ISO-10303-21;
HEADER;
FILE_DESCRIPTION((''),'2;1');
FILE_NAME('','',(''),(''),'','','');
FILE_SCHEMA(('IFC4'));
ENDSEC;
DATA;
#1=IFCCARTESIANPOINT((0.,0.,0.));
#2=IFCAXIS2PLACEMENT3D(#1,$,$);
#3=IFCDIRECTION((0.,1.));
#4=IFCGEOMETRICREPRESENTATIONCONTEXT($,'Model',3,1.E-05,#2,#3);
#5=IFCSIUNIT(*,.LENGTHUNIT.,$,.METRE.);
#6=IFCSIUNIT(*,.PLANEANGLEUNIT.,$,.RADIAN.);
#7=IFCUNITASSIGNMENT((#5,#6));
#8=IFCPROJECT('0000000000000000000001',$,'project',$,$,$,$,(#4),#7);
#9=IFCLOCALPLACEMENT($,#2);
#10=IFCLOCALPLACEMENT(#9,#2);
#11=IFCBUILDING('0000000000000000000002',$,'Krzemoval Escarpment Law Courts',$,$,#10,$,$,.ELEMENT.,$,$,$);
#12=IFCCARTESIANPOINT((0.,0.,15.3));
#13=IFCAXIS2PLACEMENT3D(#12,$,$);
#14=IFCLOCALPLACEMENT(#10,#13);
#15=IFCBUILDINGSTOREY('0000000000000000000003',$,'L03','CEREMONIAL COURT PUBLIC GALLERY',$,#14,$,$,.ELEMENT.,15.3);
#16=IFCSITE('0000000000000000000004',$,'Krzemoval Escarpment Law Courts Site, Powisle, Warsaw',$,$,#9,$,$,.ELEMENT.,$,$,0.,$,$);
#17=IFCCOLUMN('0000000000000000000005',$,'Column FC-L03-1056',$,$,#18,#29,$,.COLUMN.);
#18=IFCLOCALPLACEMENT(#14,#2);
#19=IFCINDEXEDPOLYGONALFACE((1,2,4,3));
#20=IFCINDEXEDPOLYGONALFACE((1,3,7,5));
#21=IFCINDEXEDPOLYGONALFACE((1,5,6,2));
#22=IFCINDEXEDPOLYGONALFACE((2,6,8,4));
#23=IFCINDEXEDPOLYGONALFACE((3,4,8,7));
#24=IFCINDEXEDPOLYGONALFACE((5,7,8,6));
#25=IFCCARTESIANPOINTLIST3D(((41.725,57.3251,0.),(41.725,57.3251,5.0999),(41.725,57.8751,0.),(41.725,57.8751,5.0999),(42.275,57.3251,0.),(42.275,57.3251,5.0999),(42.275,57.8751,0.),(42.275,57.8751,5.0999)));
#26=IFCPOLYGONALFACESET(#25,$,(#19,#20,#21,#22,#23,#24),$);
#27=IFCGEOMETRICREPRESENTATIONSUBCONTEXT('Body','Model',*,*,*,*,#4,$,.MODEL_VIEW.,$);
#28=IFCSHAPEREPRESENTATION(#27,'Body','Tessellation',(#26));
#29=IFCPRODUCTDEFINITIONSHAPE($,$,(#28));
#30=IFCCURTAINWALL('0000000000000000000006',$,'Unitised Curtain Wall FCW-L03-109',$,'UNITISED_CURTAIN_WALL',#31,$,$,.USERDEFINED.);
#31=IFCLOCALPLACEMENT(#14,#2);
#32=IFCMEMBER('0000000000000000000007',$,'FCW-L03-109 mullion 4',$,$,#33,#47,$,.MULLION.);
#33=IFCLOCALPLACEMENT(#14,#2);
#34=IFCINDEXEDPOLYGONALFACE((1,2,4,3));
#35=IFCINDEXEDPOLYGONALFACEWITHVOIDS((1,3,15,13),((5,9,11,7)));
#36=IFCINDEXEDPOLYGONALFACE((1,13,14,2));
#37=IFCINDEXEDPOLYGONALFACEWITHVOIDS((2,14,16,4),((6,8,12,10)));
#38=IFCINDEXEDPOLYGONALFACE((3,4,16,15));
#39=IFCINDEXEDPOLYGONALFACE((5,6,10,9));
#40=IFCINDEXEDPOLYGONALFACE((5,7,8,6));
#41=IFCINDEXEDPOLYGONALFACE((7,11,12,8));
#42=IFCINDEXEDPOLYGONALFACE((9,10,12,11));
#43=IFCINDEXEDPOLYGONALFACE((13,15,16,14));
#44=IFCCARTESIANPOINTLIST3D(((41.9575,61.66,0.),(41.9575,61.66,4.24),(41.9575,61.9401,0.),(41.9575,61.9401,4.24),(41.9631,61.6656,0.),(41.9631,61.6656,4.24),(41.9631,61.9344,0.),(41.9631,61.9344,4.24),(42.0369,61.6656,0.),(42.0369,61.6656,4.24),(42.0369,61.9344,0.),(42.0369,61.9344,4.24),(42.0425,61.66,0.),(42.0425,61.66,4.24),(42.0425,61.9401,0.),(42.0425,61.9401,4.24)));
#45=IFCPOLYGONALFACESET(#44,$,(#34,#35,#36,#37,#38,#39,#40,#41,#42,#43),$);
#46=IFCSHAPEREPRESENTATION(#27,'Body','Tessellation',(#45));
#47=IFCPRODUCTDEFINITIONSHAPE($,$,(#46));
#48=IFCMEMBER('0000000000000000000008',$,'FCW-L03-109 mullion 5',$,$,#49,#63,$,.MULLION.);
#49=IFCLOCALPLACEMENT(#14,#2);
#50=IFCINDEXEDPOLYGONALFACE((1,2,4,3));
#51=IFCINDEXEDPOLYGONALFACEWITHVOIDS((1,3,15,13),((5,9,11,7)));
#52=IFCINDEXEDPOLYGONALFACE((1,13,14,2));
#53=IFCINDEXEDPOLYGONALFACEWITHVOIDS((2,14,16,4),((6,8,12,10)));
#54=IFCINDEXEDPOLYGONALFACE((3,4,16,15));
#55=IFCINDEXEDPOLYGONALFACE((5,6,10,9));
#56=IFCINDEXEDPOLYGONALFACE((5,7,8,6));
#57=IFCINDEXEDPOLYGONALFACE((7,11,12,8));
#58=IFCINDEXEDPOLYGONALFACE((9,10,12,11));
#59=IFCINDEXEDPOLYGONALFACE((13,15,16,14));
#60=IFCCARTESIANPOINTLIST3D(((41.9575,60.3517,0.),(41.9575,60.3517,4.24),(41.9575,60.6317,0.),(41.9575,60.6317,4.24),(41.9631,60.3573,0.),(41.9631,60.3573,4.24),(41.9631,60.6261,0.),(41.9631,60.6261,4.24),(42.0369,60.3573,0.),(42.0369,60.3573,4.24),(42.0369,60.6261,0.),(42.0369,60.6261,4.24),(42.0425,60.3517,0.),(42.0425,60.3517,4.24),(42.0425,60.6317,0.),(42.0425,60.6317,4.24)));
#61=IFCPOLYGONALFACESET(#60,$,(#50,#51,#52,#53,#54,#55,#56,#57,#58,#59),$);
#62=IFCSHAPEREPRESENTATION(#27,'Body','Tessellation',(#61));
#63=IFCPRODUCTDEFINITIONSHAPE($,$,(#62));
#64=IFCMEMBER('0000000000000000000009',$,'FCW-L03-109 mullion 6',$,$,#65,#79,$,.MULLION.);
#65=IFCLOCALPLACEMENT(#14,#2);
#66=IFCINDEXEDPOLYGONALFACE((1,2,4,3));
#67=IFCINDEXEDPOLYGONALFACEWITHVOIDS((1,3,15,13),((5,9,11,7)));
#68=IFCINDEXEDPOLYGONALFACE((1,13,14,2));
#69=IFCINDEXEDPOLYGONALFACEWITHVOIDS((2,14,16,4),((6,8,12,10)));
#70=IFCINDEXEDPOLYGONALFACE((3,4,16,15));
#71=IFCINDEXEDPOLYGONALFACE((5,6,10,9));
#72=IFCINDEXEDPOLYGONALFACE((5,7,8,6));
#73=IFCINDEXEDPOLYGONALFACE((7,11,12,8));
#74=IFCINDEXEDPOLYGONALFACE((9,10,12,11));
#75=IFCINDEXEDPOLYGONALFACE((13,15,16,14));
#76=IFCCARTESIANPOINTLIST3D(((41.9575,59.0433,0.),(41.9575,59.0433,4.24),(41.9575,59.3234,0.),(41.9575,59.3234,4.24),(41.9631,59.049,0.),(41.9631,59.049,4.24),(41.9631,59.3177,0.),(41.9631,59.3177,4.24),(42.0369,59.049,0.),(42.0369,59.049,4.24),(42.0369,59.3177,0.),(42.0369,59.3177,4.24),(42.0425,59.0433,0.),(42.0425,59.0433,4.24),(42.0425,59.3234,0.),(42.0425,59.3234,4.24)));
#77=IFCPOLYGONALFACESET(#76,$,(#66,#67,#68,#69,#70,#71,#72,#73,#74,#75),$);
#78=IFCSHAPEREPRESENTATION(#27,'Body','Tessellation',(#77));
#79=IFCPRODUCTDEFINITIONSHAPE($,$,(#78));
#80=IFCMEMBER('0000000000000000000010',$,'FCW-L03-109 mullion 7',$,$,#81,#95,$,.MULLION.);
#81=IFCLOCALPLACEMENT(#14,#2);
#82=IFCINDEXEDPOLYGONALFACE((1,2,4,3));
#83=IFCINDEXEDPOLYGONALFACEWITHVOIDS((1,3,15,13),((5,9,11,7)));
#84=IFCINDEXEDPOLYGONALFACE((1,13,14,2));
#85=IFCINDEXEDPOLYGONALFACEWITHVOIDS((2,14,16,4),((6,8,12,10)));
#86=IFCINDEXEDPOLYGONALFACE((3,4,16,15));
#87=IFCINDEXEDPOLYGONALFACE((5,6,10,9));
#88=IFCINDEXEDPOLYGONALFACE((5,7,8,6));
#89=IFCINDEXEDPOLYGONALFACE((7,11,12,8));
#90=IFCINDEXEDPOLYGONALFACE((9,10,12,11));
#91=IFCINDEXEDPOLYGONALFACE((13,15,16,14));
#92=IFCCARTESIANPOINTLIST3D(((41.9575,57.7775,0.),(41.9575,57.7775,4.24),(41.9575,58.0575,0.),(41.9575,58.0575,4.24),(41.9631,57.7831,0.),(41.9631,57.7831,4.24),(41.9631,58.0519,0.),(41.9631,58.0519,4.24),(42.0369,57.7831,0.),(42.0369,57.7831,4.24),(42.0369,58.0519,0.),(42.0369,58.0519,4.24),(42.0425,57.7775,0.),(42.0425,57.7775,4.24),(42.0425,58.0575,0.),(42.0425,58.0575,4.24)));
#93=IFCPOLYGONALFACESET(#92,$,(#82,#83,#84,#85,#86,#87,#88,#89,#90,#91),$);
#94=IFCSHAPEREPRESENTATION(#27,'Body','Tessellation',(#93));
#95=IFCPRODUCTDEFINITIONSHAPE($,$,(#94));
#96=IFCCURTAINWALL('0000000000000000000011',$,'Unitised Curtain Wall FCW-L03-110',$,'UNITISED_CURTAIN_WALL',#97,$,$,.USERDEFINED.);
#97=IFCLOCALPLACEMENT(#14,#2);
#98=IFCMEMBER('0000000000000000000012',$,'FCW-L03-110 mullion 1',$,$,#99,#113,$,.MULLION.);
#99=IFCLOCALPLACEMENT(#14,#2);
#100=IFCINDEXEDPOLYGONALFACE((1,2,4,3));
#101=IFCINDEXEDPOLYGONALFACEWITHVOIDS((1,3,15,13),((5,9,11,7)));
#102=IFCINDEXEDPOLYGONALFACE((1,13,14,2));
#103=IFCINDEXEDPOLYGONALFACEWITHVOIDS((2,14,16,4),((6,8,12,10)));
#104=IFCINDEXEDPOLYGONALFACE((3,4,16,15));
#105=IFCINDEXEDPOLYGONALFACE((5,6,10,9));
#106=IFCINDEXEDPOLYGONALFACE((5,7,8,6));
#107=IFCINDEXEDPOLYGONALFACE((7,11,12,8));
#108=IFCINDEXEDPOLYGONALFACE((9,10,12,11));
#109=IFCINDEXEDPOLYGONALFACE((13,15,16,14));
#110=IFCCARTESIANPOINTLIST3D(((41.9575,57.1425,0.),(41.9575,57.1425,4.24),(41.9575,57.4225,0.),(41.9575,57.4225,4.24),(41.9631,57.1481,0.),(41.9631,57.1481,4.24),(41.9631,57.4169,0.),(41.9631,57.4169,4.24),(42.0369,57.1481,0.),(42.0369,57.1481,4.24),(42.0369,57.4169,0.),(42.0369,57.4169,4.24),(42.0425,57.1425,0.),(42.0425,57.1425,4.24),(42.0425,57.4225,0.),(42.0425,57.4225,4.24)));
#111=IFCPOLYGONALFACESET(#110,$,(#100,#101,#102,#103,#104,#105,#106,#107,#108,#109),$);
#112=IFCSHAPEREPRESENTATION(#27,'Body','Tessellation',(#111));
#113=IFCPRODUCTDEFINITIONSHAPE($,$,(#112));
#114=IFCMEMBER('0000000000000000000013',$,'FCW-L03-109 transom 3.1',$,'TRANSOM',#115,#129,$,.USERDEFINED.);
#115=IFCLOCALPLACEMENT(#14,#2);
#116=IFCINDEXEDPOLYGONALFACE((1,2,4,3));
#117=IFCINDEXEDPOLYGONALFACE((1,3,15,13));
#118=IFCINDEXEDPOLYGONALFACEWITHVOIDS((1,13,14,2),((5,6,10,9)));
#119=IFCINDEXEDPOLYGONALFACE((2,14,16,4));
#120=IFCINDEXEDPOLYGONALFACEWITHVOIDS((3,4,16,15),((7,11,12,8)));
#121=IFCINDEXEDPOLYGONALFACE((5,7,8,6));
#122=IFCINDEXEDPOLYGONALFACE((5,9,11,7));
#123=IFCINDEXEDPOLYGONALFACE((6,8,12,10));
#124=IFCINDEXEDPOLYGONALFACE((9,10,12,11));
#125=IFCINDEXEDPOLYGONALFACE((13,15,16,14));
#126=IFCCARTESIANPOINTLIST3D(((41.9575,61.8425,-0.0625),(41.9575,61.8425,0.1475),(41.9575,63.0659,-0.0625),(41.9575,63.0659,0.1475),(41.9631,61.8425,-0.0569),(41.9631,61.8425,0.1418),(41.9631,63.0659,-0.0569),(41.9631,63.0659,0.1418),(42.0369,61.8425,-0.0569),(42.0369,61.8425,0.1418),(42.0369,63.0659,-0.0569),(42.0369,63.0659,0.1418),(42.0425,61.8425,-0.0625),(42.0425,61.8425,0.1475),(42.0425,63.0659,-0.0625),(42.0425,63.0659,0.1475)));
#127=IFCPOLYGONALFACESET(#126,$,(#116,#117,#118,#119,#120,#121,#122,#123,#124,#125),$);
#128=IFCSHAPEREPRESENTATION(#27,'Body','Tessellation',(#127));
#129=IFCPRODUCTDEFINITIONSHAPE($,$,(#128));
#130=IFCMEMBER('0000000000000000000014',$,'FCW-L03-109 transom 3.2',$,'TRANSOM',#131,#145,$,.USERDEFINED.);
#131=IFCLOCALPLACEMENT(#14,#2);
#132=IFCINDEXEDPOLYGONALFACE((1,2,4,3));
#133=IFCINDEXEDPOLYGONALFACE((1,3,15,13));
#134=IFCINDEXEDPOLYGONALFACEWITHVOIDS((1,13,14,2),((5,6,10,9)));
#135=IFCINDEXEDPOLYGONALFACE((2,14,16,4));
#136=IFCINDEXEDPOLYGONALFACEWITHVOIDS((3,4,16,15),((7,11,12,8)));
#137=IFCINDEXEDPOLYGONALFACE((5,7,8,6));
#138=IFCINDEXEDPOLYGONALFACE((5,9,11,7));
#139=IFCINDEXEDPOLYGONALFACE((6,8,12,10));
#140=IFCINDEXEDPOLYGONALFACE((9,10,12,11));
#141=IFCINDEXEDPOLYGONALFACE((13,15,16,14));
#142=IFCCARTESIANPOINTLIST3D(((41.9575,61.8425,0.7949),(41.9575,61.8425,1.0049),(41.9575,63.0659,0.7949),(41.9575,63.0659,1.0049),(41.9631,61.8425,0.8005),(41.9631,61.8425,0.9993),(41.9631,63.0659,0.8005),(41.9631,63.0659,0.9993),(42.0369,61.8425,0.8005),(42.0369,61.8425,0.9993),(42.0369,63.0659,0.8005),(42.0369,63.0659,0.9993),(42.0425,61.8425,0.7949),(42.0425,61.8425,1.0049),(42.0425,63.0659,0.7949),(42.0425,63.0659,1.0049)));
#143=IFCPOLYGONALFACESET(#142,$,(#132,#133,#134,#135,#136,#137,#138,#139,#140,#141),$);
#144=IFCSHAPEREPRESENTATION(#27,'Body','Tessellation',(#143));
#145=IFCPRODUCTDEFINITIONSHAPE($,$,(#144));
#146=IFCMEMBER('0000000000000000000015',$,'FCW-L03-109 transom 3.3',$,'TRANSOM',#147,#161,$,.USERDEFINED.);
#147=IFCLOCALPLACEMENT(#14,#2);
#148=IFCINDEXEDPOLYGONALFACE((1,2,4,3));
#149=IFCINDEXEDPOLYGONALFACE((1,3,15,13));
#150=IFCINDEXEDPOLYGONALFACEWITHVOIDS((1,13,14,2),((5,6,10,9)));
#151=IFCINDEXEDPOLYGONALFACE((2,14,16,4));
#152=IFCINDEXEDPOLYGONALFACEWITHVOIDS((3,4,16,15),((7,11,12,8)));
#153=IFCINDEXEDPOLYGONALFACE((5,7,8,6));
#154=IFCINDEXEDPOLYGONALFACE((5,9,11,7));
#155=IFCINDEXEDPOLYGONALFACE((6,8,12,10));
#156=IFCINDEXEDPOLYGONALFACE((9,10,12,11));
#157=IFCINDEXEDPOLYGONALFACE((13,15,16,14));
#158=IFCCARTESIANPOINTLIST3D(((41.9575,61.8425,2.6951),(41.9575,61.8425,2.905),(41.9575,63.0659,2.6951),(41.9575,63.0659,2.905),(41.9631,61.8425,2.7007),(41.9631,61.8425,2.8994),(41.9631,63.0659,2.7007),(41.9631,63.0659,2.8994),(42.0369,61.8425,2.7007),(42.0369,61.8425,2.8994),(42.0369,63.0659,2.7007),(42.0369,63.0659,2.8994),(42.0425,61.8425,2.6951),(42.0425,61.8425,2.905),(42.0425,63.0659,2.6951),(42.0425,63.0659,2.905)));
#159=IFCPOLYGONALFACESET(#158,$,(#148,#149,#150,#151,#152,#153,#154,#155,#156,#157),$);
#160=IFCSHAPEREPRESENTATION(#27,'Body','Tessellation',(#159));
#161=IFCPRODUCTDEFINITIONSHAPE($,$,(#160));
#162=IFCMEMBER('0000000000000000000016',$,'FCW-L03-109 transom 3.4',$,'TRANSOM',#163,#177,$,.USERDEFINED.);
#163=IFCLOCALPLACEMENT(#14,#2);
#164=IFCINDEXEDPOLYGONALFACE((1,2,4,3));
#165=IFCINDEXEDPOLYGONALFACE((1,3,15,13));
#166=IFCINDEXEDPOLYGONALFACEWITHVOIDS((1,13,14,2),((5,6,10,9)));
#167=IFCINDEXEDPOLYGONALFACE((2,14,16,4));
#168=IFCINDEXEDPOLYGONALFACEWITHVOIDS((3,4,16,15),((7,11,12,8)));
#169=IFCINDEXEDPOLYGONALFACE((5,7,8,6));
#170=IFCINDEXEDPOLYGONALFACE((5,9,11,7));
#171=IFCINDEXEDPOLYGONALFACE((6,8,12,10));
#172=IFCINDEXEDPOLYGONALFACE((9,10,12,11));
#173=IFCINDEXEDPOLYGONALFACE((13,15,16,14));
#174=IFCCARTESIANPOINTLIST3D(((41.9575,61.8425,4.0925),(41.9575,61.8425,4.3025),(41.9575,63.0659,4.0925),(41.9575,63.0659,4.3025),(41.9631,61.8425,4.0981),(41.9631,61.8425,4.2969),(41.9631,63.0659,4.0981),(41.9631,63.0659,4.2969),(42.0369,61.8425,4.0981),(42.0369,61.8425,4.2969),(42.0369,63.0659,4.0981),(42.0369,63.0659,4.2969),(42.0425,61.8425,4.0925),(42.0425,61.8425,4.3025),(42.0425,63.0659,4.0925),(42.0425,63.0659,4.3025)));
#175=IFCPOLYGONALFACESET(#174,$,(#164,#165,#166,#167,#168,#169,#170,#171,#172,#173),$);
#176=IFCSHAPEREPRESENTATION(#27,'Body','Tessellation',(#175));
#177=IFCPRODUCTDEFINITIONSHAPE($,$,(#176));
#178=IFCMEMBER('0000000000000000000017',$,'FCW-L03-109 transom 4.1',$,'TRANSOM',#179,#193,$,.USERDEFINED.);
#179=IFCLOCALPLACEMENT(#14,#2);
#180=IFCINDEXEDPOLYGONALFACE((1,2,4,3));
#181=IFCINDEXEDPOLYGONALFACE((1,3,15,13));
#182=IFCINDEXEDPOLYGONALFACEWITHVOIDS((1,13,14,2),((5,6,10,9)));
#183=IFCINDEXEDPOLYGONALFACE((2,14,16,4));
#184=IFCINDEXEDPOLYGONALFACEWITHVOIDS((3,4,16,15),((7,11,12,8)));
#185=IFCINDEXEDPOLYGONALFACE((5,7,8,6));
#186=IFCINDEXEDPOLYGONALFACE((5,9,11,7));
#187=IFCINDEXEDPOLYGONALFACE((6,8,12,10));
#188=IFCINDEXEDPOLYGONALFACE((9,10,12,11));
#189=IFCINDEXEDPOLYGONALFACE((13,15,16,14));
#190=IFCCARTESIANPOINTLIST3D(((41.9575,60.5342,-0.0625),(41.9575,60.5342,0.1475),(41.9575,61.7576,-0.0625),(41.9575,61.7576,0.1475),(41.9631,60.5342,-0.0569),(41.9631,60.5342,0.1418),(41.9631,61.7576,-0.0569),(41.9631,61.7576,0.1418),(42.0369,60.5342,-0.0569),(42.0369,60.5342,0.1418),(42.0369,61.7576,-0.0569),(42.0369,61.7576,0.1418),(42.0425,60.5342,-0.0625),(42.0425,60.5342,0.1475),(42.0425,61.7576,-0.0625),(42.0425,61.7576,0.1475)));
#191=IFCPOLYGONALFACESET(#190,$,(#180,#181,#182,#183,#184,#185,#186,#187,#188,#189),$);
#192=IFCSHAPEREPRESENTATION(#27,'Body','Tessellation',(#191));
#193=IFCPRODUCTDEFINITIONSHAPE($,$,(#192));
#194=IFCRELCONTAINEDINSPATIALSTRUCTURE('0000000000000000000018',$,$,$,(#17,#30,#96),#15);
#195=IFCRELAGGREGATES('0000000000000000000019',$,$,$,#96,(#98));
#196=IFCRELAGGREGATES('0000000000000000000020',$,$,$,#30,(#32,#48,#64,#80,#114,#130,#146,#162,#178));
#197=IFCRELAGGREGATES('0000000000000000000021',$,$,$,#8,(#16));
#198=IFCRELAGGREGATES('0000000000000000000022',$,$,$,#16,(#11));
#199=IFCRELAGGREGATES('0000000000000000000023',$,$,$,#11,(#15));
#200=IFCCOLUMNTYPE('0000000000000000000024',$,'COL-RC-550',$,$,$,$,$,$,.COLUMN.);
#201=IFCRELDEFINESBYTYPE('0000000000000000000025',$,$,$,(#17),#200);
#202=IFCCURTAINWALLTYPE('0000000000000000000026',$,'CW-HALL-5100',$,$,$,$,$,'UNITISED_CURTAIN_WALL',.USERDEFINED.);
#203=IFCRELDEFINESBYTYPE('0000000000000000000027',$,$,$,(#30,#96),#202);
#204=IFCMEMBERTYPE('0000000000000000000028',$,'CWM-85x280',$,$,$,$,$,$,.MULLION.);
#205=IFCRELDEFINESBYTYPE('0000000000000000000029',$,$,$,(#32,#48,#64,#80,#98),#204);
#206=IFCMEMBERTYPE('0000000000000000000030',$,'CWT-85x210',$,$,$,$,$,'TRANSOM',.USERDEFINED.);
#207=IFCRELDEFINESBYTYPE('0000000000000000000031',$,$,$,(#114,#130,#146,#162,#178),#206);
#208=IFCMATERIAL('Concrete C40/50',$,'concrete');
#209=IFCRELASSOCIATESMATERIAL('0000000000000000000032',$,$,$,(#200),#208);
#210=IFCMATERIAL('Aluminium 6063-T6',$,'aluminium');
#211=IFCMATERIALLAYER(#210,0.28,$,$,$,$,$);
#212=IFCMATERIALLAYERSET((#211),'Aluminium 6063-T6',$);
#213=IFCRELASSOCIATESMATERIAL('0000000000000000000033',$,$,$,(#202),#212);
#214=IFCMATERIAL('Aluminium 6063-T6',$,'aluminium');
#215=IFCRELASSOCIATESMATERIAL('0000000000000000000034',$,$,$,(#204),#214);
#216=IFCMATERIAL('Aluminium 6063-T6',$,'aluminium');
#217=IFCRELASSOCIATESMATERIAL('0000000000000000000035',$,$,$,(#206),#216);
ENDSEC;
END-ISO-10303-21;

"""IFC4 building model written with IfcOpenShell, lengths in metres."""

from ifc_helpers import new_model, si_unit, direction, frame, origin, origin_2d, place, context, subcontext, project, spatial, rectangle, hollow_rectangle, extrude, material, layer, layer_set, material_profile, profile_set, type_object, element, aggregate, save


model = new_model("IFC4")

# Units and contexts
model_context = context("Model", 3, precision=1e-05, world=origin(), true_north=direction((0.0, 1.0)))
body_context = subcontext(model_context, "Body", "Model", "MODEL_VIEW")
ifc_project = project(units=[si_unit("LENGTHUNIT", "METRE"), si_unit("PLANEANGLEUNIT", "RADIAN")], contexts=[model_context])

# Site, building, storey
site_placement = place(None, origin())
site = spatial("IfcSite", under=ifc_project, at=site_placement, Name="Krzemoval Escarpment Law Courts Site, Powisle, Warsaw", CompositionType="ELEMENT", RefElevation=0.0)
building_placement = place(site_placement, origin())
building = spatial("IfcBuilding", under=site, at=building_placement, Name="Krzemoval Escarpment Law Courts", CompositionType="ELEMENT")
storey_placement = place(building_placement, frame((0.0, 0.0, 15.3)))
storey = spatial("IfcBuildingStorey", under=building, at=storey_placement, Name="L03", Description="CEREMONIAL COURT PUBLIC GALLERY", CompositionType="ELEMENT", Elevation=15.3)

# Column
ifc_material_1 = material(Name="Concrete C40/50", Category="concrete")
ifc_material_profile_1 = material_profile(ifc_material_1, rectangle(XDim=0.55, YDim=0.55, at=origin_2d()), Name="RC 550x550")
ifc_profile_set_1 = profile_set([ifc_material_profile_1], Name="Concrete C40/50")
column_type = type_object("IfcColumnType", Name="COL-RC-550", PredefinedType="COLUMN", material=ifc_profile_set_1)
column_placement = place(storey_placement, frame((42.0, 57.6001, 0.0), z_axis=(0.0, 0.0, 1.0), x_axis=(1.0, 0.0, 0.0)))
element("IfcColumn", 1, at=column_placement, inside=storey, type_object=column_type, Name="Column FC-L03-1056", PredefinedType="COLUMN", context=body_context, shape_type="SweptSolid", body=[
    extrude(rectangle(XDim=0.55, YDim=0.55, at=origin_2d()), origin(), (0.0, 0.0, 1.0), 5.0999),
])

# Curtain wall, members
ifc_material_2 = material(Name="Aluminium 6063-T6", Category="aluminium")
ifc_layer_1 = layer(ifc_material_2, 0.28)
ifc_layer_set_1 = layer_set([ifc_layer_1], Name="Aluminium 6063-T6")
curtain_wall_type = type_object("IfcCurtainWallType", Name="CW-HALL-5100", ElementType="UNITISED_CURTAIN_WALL", PredefinedType="USERDEFINED", material=ifc_layer_set_1)
curtain_wall_1_placement = place(storey_placement, origin())
curtain_wall_1 = element("IfcCurtainWall", 2, at=curtain_wall_1_placement, inside=storey, type_object=curtain_wall_type, Name="Unitised Curtain Wall FCW-L03-109", ObjectType="UNITISED_CURTAIN_WALL", PredefinedType="USERDEFINED")
ifc_material_3 = material(Name="Aluminium 6063-T6", Category="aluminium")
ifc_material_profile_2 = material_profile(ifc_material_3, hollow_rectangle(XDim=0.085, YDim=0.28, WallThickness=0.0056, at=origin_2d()), Name="ALU M85x280")
ifc_profile_set_2 = profile_set([ifc_material_profile_2], Name="Aluminium 6063-T6")
member_type_1 = type_object("IfcMemberType", Name="CWM-85x280", PredefinedType="MULLION", material=ifc_profile_set_2)
member_1_placement = place(storey_placement, frame((42.0, 61.8, 0.0), z_axis=(0.0, 0.0, 1.0), x_axis=(1.0, 0.0, 0.0)))
member_1 = element("IfcMember", 3, at=member_1_placement, type_object=member_type_1, Name="FCW-L03-109 mullion 4", PredefinedType="MULLION", context=body_context, shape_type="SweptSolid", body=[
    extrude(hollow_rectangle(XDim=0.085, YDim=0.28, WallThickness=0.0056, at=origin_2d()), origin(), (0.0, 0.0, 1.0), 4.24),
])
member_2_placement = place(storey_placement, frame((42.0, 60.4917, 0.0), z_axis=(0.0, 0.0, 1.0), x_axis=(1.0, 0.0, 0.0)))
member_2 = element("IfcMember", 4, at=member_2_placement, type_object=member_type_1, Name="FCW-L03-109 mullion 5", PredefinedType="MULLION", context=body_context, shape_type="SweptSolid", body=[
    extrude(hollow_rectangle(XDim=0.085, YDim=0.28, WallThickness=0.0056, at=origin_2d()), origin(), (0.0, 0.0, 1.0), 4.24),
])
member_3_placement = place(storey_placement, frame((42.0, 59.1833, 0.0), z_axis=(0.0, 0.0, 1.0), x_axis=(1.0, 0.0, 0.0)))
member_3 = element("IfcMember", 5, at=member_3_placement, type_object=member_type_1, Name="FCW-L03-109 mullion 6", PredefinedType="MULLION", context=body_context, shape_type="SweptSolid", body=[
    extrude(hollow_rectangle(XDim=0.085, YDim=0.28, WallThickness=0.0056, at=origin_2d()), origin(), (0.0, 0.0, 1.0), 4.24),
])
member_4_placement = place(storey_placement, frame((42.0, 57.9175, 0.0), z_axis=(0.0, 0.0, 1.0), x_axis=(1.0, 0.0, 0.0)))
member_4 = element("IfcMember", 6, at=member_4_placement, type_object=member_type_1, Name="FCW-L03-109 mullion 7", PredefinedType="MULLION", context=body_context, shape_type="SweptSolid", body=[
    extrude(hollow_rectangle(XDim=0.085, YDim=0.28, WallThickness=0.0056, at=origin_2d()), origin(), (0.0, 0.0, 1.0), 4.24),
])

# Curtain wall, member
curtain_wall_2_placement = place(storey_placement, origin())
curtain_wall_2 = element("IfcCurtainWall", 7, at=curtain_wall_2_placement, inside=storey, type_object=curtain_wall_type, Name="Unitised Curtain Wall FCW-L03-110", ObjectType="UNITISED_CURTAIN_WALL", PredefinedType="USERDEFINED")
member_5_placement = place(storey_placement, frame((42.0, 57.2825, 0.0), z_axis=(0.0, 0.0, 1.0), x_axis=(1.0, 0.0, 0.0)))
member_5 = element("IfcMember", 8, at=member_5_placement, type_object=member_type_1, Name="FCW-L03-110 mullion 1", PredefinedType="MULLION", context=body_context, shape_type="SweptSolid", body=[
    extrude(hollow_rectangle(XDim=0.085, YDim=0.28, WallThickness=0.0056, at=origin_2d()), origin(), (0.0, 0.0, 1.0), 4.24),
])

# Members
ifc_material_4 = material(Name="Aluminium 6063-T6", Category="aluminium")
ifc_material_profile_3 = material_profile(ifc_material_4, hollow_rectangle(XDim=0.085, YDim=0.21, WallThickness=0.0056, at=origin_2d()), Name="ALU T85x210")
ifc_profile_set_3 = profile_set([ifc_material_profile_3], Name="Aluminium 6063-T6")
member_type_2 = type_object("IfcMemberType", Name="CWT-85x210", ElementType="TRANSOM", PredefinedType="USERDEFINED", material=ifc_profile_set_3)
member_6_placement = place(storey_placement, frame((42.0, 63.0659, 0.0425), z_axis=(0.0, -1.0, 0.0), x_axis=(1.0, 0.0, 0.0)))
member_6 = element("IfcMember", 9, at=member_6_placement, type_object=member_type_2, Name="FCW-L03-109 transom 3.1", ObjectType="TRANSOM", PredefinedType="USERDEFINED", context=body_context, shape_type="SweptSolid", body=[
    extrude(hollow_rectangle(XDim=0.085, YDim=0.21, WallThickness=0.0056, at=origin_2d()), origin(), (0.0, 0.0, 1.0), 1.2234),
])
member_7_placement = place(storey_placement, frame((42.0, 63.0659, 0.8999), z_axis=(0.0, -1.0, 0.0), x_axis=(1.0, 0.0, 0.0)))
member_7 = element("IfcMember", 10, at=member_7_placement, type_object=member_type_2, Name="FCW-L03-109 transom 3.2", ObjectType="TRANSOM", PredefinedType="USERDEFINED", context=body_context, shape_type="SweptSolid", body=[
    extrude(hollow_rectangle(XDim=0.085, YDim=0.21, WallThickness=0.0056, at=origin_2d()), origin(), (0.0, 0.0, 1.0), 1.2234),
])
member_8_placement = place(storey_placement, frame((42.0, 63.0659, 2.8), z_axis=(0.0, -1.0, 0.0), x_axis=(1.0, 0.0, 0.0)))
member_8 = element("IfcMember", 11, at=member_8_placement, type_object=member_type_2, Name="FCW-L03-109 transom 3.3", ObjectType="TRANSOM", PredefinedType="USERDEFINED", context=body_context, shape_type="SweptSolid", body=[
    extrude(hollow_rectangle(XDim=0.085, YDim=0.21, WallThickness=0.0056, at=origin_2d()), origin(), (0.0, 0.0, 1.0), 1.2234),
])
member_9_placement = place(storey_placement, frame((42.0, 63.0659, 4.1975), z_axis=(0.0, -1.0, 0.0), x_axis=(1.0, 0.0, 0.0)))
member_9 = element("IfcMember", 12, at=member_9_placement, type_object=member_type_2, Name="FCW-L03-109 transom 3.4", ObjectType="TRANSOM", PredefinedType="USERDEFINED", context=body_context, shape_type="SweptSolid", body=[
    extrude(hollow_rectangle(XDim=0.085, YDim=0.21, WallThickness=0.0056, at=origin_2d()), origin(), (0.0, 0.0, 1.0), 1.2234),
])
member_10_placement = place(storey_placement, frame((42.0, 61.7576, 0.0425), z_axis=(0.0, -1.0, 0.0), x_axis=(1.0, 0.0, 0.0)))
member_10 = element("IfcMember", 13, at=member_10_placement, type_object=member_type_2, Name="FCW-L03-109 transom 4.1", ObjectType="TRANSOM", PredefinedType="USERDEFINED", context=body_context, shape_type="SweptSolid", body=[
    extrude(hollow_rectangle(XDim=0.085, YDim=0.21, WallThickness=0.0056, at=origin_2d()), origin(), (0.0, 0.0, 1.0), 1.2234),
])
aggregate(curtain_wall_2, [member_5])

aggregate(curtain_wall_1, [member_1, member_2, member_3, member_4, member_6, member_7, member_8, member_9, member_10])

save(model, "model.ifc")
